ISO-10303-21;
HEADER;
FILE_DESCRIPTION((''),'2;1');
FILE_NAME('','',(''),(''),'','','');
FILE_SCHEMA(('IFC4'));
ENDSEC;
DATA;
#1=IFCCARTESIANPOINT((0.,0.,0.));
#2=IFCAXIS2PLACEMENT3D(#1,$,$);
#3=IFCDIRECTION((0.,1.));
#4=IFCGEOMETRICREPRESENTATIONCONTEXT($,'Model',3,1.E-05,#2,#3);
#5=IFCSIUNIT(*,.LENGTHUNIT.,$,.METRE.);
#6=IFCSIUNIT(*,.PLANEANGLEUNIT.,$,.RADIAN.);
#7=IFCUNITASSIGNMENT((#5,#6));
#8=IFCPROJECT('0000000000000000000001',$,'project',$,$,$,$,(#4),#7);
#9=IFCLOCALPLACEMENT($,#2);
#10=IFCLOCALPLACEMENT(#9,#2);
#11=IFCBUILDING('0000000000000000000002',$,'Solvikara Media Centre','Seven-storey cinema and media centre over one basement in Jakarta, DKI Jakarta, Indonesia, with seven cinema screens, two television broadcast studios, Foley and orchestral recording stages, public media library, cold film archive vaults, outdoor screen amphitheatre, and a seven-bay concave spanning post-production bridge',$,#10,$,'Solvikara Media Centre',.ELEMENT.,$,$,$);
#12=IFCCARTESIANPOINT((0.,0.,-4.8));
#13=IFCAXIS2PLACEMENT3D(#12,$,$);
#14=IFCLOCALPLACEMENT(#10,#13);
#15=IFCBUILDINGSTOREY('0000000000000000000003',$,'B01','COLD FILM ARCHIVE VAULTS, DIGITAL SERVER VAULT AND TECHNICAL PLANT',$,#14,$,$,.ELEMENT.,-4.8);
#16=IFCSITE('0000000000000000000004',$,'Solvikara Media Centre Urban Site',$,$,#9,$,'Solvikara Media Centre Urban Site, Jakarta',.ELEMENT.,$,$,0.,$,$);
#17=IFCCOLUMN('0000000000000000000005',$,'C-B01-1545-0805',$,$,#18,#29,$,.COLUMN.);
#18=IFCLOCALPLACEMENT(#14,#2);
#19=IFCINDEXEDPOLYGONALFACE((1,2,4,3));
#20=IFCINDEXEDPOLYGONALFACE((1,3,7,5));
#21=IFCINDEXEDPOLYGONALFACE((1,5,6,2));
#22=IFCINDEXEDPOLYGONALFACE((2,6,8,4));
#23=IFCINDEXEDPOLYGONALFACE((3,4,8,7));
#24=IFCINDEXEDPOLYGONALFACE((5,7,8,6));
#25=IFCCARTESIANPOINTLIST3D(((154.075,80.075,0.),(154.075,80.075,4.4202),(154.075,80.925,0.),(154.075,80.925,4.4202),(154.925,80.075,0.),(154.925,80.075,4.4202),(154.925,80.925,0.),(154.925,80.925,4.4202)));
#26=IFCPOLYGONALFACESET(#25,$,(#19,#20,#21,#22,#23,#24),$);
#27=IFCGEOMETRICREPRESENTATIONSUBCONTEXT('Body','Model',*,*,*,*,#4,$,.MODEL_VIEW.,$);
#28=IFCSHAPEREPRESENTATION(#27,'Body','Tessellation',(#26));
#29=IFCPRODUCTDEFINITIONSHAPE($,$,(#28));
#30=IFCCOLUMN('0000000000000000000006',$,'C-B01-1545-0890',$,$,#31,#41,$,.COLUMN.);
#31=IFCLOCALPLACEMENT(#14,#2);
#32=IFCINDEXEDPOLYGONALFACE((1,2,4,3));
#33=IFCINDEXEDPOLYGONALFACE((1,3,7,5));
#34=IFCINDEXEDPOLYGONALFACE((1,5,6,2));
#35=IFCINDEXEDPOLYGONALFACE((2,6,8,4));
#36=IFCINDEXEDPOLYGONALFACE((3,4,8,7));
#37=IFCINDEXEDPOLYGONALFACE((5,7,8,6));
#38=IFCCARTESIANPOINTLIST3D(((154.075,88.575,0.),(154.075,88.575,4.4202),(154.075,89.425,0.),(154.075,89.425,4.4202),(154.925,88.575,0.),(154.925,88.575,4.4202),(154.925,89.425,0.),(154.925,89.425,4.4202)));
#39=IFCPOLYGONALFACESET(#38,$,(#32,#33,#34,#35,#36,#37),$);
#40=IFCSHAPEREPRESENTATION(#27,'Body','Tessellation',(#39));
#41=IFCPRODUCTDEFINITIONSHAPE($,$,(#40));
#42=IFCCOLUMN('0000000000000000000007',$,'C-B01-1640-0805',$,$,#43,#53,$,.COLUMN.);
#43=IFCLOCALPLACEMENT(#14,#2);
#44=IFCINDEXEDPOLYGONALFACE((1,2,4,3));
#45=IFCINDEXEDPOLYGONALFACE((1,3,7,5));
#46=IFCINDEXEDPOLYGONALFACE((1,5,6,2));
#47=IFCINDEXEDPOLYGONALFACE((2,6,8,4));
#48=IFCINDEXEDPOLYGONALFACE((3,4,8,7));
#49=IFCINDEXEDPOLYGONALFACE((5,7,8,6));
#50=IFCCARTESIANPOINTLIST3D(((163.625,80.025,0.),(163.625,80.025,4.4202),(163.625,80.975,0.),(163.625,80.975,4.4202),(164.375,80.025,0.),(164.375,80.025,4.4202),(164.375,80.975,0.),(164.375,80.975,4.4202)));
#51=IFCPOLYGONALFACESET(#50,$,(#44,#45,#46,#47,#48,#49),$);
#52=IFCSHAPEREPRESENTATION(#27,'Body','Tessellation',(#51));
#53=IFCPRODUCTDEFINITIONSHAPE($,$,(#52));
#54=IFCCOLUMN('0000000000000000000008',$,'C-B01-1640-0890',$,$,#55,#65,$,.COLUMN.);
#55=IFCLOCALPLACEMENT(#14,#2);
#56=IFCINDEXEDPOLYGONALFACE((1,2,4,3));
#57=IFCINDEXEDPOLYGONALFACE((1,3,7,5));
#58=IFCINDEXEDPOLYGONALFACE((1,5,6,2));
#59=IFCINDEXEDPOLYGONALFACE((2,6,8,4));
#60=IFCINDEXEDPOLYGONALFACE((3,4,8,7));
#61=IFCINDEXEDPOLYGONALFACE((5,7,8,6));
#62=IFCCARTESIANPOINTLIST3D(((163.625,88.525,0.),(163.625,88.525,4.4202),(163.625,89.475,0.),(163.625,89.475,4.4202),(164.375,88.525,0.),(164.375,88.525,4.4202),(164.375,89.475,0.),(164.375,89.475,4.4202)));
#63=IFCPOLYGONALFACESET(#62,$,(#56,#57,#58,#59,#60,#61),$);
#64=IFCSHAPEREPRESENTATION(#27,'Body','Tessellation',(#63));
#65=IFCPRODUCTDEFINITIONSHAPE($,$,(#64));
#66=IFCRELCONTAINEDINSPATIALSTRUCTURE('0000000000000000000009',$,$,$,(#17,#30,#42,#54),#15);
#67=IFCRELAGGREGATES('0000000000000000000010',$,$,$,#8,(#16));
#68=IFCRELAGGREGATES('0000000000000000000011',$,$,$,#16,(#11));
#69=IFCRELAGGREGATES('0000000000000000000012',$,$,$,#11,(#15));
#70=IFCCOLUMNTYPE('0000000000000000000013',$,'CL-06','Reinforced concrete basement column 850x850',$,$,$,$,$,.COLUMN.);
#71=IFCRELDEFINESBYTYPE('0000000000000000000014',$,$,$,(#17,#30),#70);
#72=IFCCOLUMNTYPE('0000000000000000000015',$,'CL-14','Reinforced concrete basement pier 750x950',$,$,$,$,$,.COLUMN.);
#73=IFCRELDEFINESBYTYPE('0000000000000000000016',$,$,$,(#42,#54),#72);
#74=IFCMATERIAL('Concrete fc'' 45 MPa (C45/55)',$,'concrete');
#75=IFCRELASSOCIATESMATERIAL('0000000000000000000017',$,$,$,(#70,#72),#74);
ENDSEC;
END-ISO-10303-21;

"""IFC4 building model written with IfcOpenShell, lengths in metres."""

from ifc_helpers import new_model, si_unit, direction, frame, origin, origin_2d, place, context, subcontext, project, spatial, rectangle, extrude, material, material_profile, profile_set, type_object, element, save


model = new_model("IFC4")

# Units and contexts
model_context = context("Model", 3, precision=1e-05, world=origin(), true_north=direction((0.0, 1.0)))
body_context = subcontext(model_context, "Body", "Model", "MODEL_VIEW")
ifc_project = project(units=[si_unit("LENGTHUNIT", "METRE"), si_unit("PLANEANGLEUNIT", "RADIAN")], contexts=[model_context])

# Site, building, storey
site_placement = place(None, origin())
site = spatial("IfcSite", under=ifc_project, at=site_placement, Name="Solvikara Media Centre Urban Site", LongName="Solvikara Media Centre Urban Site, Jakarta", CompositionType="ELEMENT", RefElevation=0.0)
building_placement = place(site_placement, origin())
building = spatial("IfcBuilding", under=site, at=building_placement, Name="Solvikara Media Centre", Description="Seven-storey cinema and media centre over one basement in Jakarta, DKI Jakarta, Indonesia, with seven cinema screens, two television broadcast studios, Foley and orchestral recording stages, public media library, cold film archive vaults, outdoor screen amphitheatre, and a seven-bay concave spanning post-production bridge", LongName="Solvikara Media Centre", CompositionType="ELEMENT")
storey_placement = place(building_placement, frame((0.0, 0.0, -4.8)))
storey = spatial("IfcBuildingStorey", under=building, at=storey_placement, Name="B01", Description="COLD FILM ARCHIVE VAULTS, DIGITAL SERVER VAULT AND TECHNICAL PLANT", CompositionType="ELEMENT", Elevation=-4.8)

# Columns
ifc_material_1 = material(Name="Concrete fc' 45 MPa (C45/55)", Category="concrete")
ifc_material_profile_1 = material_profile(ifc_material_1, rectangle(XDim=0.8501, YDim=0.8501, at=origin_2d()), Name="RC 850x850")
ifc_profile_set_1 = profile_set([ifc_material_profile_1], Name="Concrete fc' 45 MPa (C45/55)")
column_type_1 = type_object("IfcColumnType", Name="CL-06", Description="Reinforced concrete basement column 850x850", PredefinedType="COLUMN", material=ifc_profile_set_1)
for number, where, z_axis, x_axis, name in (
    (1, (154.5, 80.5, 0.0), (0.0, 0.0, 1.0), (1.0, 0.0, 0.0), "C-B01-1545-0805"),
    (2, (154.5, 89.0, 0.0), (0.0, 0.0, 1.0), (1.0, 0.0, 0.0), "C-B01-1545-0890"),
):
    element("IfcColumn", number, at=place(storey_placement, frame(where, z_axis=z_axis, x_axis=x_axis)), inside=storey, type_object=column_type_1, Name=name, PredefinedType="COLUMN", context=body_context, shape_type="SweptSolid", body=[
        extrude(rectangle(XDim=0.8501, YDim=0.8501, at=origin_2d()), origin(), (0.0, 0.0, 1.0), 4.4202),
    ])
ifc_material_profile_2 = material_profile(ifc_material_1, rectangle(XDim=0.75, YDim=0.95, at=origin_2d()), Name="RC 750x950")
ifc_profile_set_2 = profile_set([ifc_material_profile_2], Name="Concrete fc' 45 MPa (C45/55)")
column_type_2 = type_object("IfcColumnType", Name="CL-14", Description="Reinforced concrete basement pier 750x950", PredefinedType="COLUMN", material=ifc_profile_set_2)
for number, where, z_axis, x_axis, name in (
    (3, (164.0, 80.5, 0.0), (0.0, 0.0, 1.0), (1.0, 0.0, 0.0), "C-B01-1640-0805"),
    (4, (164.0, 89.0, 0.0), (0.0, 0.0, 1.0), (1.0, 0.0, 0.0), "C-B01-1640-0890"),
):
    element("IfcColumn", number, at=place(storey_placement, frame(where, z_axis=z_axis, x_axis=x_axis)), inside=storey, type_object=column_type_2, Name=name, PredefinedType="COLUMN", context=body_context, shape_type="SweptSolid", body=[
        extrude(rectangle(XDim=0.75, YDim=0.95, at=origin_2d()), origin(), (0.0, 0.0, 1.0), 4.4202),
    ])

save(model, "model.ifc")
